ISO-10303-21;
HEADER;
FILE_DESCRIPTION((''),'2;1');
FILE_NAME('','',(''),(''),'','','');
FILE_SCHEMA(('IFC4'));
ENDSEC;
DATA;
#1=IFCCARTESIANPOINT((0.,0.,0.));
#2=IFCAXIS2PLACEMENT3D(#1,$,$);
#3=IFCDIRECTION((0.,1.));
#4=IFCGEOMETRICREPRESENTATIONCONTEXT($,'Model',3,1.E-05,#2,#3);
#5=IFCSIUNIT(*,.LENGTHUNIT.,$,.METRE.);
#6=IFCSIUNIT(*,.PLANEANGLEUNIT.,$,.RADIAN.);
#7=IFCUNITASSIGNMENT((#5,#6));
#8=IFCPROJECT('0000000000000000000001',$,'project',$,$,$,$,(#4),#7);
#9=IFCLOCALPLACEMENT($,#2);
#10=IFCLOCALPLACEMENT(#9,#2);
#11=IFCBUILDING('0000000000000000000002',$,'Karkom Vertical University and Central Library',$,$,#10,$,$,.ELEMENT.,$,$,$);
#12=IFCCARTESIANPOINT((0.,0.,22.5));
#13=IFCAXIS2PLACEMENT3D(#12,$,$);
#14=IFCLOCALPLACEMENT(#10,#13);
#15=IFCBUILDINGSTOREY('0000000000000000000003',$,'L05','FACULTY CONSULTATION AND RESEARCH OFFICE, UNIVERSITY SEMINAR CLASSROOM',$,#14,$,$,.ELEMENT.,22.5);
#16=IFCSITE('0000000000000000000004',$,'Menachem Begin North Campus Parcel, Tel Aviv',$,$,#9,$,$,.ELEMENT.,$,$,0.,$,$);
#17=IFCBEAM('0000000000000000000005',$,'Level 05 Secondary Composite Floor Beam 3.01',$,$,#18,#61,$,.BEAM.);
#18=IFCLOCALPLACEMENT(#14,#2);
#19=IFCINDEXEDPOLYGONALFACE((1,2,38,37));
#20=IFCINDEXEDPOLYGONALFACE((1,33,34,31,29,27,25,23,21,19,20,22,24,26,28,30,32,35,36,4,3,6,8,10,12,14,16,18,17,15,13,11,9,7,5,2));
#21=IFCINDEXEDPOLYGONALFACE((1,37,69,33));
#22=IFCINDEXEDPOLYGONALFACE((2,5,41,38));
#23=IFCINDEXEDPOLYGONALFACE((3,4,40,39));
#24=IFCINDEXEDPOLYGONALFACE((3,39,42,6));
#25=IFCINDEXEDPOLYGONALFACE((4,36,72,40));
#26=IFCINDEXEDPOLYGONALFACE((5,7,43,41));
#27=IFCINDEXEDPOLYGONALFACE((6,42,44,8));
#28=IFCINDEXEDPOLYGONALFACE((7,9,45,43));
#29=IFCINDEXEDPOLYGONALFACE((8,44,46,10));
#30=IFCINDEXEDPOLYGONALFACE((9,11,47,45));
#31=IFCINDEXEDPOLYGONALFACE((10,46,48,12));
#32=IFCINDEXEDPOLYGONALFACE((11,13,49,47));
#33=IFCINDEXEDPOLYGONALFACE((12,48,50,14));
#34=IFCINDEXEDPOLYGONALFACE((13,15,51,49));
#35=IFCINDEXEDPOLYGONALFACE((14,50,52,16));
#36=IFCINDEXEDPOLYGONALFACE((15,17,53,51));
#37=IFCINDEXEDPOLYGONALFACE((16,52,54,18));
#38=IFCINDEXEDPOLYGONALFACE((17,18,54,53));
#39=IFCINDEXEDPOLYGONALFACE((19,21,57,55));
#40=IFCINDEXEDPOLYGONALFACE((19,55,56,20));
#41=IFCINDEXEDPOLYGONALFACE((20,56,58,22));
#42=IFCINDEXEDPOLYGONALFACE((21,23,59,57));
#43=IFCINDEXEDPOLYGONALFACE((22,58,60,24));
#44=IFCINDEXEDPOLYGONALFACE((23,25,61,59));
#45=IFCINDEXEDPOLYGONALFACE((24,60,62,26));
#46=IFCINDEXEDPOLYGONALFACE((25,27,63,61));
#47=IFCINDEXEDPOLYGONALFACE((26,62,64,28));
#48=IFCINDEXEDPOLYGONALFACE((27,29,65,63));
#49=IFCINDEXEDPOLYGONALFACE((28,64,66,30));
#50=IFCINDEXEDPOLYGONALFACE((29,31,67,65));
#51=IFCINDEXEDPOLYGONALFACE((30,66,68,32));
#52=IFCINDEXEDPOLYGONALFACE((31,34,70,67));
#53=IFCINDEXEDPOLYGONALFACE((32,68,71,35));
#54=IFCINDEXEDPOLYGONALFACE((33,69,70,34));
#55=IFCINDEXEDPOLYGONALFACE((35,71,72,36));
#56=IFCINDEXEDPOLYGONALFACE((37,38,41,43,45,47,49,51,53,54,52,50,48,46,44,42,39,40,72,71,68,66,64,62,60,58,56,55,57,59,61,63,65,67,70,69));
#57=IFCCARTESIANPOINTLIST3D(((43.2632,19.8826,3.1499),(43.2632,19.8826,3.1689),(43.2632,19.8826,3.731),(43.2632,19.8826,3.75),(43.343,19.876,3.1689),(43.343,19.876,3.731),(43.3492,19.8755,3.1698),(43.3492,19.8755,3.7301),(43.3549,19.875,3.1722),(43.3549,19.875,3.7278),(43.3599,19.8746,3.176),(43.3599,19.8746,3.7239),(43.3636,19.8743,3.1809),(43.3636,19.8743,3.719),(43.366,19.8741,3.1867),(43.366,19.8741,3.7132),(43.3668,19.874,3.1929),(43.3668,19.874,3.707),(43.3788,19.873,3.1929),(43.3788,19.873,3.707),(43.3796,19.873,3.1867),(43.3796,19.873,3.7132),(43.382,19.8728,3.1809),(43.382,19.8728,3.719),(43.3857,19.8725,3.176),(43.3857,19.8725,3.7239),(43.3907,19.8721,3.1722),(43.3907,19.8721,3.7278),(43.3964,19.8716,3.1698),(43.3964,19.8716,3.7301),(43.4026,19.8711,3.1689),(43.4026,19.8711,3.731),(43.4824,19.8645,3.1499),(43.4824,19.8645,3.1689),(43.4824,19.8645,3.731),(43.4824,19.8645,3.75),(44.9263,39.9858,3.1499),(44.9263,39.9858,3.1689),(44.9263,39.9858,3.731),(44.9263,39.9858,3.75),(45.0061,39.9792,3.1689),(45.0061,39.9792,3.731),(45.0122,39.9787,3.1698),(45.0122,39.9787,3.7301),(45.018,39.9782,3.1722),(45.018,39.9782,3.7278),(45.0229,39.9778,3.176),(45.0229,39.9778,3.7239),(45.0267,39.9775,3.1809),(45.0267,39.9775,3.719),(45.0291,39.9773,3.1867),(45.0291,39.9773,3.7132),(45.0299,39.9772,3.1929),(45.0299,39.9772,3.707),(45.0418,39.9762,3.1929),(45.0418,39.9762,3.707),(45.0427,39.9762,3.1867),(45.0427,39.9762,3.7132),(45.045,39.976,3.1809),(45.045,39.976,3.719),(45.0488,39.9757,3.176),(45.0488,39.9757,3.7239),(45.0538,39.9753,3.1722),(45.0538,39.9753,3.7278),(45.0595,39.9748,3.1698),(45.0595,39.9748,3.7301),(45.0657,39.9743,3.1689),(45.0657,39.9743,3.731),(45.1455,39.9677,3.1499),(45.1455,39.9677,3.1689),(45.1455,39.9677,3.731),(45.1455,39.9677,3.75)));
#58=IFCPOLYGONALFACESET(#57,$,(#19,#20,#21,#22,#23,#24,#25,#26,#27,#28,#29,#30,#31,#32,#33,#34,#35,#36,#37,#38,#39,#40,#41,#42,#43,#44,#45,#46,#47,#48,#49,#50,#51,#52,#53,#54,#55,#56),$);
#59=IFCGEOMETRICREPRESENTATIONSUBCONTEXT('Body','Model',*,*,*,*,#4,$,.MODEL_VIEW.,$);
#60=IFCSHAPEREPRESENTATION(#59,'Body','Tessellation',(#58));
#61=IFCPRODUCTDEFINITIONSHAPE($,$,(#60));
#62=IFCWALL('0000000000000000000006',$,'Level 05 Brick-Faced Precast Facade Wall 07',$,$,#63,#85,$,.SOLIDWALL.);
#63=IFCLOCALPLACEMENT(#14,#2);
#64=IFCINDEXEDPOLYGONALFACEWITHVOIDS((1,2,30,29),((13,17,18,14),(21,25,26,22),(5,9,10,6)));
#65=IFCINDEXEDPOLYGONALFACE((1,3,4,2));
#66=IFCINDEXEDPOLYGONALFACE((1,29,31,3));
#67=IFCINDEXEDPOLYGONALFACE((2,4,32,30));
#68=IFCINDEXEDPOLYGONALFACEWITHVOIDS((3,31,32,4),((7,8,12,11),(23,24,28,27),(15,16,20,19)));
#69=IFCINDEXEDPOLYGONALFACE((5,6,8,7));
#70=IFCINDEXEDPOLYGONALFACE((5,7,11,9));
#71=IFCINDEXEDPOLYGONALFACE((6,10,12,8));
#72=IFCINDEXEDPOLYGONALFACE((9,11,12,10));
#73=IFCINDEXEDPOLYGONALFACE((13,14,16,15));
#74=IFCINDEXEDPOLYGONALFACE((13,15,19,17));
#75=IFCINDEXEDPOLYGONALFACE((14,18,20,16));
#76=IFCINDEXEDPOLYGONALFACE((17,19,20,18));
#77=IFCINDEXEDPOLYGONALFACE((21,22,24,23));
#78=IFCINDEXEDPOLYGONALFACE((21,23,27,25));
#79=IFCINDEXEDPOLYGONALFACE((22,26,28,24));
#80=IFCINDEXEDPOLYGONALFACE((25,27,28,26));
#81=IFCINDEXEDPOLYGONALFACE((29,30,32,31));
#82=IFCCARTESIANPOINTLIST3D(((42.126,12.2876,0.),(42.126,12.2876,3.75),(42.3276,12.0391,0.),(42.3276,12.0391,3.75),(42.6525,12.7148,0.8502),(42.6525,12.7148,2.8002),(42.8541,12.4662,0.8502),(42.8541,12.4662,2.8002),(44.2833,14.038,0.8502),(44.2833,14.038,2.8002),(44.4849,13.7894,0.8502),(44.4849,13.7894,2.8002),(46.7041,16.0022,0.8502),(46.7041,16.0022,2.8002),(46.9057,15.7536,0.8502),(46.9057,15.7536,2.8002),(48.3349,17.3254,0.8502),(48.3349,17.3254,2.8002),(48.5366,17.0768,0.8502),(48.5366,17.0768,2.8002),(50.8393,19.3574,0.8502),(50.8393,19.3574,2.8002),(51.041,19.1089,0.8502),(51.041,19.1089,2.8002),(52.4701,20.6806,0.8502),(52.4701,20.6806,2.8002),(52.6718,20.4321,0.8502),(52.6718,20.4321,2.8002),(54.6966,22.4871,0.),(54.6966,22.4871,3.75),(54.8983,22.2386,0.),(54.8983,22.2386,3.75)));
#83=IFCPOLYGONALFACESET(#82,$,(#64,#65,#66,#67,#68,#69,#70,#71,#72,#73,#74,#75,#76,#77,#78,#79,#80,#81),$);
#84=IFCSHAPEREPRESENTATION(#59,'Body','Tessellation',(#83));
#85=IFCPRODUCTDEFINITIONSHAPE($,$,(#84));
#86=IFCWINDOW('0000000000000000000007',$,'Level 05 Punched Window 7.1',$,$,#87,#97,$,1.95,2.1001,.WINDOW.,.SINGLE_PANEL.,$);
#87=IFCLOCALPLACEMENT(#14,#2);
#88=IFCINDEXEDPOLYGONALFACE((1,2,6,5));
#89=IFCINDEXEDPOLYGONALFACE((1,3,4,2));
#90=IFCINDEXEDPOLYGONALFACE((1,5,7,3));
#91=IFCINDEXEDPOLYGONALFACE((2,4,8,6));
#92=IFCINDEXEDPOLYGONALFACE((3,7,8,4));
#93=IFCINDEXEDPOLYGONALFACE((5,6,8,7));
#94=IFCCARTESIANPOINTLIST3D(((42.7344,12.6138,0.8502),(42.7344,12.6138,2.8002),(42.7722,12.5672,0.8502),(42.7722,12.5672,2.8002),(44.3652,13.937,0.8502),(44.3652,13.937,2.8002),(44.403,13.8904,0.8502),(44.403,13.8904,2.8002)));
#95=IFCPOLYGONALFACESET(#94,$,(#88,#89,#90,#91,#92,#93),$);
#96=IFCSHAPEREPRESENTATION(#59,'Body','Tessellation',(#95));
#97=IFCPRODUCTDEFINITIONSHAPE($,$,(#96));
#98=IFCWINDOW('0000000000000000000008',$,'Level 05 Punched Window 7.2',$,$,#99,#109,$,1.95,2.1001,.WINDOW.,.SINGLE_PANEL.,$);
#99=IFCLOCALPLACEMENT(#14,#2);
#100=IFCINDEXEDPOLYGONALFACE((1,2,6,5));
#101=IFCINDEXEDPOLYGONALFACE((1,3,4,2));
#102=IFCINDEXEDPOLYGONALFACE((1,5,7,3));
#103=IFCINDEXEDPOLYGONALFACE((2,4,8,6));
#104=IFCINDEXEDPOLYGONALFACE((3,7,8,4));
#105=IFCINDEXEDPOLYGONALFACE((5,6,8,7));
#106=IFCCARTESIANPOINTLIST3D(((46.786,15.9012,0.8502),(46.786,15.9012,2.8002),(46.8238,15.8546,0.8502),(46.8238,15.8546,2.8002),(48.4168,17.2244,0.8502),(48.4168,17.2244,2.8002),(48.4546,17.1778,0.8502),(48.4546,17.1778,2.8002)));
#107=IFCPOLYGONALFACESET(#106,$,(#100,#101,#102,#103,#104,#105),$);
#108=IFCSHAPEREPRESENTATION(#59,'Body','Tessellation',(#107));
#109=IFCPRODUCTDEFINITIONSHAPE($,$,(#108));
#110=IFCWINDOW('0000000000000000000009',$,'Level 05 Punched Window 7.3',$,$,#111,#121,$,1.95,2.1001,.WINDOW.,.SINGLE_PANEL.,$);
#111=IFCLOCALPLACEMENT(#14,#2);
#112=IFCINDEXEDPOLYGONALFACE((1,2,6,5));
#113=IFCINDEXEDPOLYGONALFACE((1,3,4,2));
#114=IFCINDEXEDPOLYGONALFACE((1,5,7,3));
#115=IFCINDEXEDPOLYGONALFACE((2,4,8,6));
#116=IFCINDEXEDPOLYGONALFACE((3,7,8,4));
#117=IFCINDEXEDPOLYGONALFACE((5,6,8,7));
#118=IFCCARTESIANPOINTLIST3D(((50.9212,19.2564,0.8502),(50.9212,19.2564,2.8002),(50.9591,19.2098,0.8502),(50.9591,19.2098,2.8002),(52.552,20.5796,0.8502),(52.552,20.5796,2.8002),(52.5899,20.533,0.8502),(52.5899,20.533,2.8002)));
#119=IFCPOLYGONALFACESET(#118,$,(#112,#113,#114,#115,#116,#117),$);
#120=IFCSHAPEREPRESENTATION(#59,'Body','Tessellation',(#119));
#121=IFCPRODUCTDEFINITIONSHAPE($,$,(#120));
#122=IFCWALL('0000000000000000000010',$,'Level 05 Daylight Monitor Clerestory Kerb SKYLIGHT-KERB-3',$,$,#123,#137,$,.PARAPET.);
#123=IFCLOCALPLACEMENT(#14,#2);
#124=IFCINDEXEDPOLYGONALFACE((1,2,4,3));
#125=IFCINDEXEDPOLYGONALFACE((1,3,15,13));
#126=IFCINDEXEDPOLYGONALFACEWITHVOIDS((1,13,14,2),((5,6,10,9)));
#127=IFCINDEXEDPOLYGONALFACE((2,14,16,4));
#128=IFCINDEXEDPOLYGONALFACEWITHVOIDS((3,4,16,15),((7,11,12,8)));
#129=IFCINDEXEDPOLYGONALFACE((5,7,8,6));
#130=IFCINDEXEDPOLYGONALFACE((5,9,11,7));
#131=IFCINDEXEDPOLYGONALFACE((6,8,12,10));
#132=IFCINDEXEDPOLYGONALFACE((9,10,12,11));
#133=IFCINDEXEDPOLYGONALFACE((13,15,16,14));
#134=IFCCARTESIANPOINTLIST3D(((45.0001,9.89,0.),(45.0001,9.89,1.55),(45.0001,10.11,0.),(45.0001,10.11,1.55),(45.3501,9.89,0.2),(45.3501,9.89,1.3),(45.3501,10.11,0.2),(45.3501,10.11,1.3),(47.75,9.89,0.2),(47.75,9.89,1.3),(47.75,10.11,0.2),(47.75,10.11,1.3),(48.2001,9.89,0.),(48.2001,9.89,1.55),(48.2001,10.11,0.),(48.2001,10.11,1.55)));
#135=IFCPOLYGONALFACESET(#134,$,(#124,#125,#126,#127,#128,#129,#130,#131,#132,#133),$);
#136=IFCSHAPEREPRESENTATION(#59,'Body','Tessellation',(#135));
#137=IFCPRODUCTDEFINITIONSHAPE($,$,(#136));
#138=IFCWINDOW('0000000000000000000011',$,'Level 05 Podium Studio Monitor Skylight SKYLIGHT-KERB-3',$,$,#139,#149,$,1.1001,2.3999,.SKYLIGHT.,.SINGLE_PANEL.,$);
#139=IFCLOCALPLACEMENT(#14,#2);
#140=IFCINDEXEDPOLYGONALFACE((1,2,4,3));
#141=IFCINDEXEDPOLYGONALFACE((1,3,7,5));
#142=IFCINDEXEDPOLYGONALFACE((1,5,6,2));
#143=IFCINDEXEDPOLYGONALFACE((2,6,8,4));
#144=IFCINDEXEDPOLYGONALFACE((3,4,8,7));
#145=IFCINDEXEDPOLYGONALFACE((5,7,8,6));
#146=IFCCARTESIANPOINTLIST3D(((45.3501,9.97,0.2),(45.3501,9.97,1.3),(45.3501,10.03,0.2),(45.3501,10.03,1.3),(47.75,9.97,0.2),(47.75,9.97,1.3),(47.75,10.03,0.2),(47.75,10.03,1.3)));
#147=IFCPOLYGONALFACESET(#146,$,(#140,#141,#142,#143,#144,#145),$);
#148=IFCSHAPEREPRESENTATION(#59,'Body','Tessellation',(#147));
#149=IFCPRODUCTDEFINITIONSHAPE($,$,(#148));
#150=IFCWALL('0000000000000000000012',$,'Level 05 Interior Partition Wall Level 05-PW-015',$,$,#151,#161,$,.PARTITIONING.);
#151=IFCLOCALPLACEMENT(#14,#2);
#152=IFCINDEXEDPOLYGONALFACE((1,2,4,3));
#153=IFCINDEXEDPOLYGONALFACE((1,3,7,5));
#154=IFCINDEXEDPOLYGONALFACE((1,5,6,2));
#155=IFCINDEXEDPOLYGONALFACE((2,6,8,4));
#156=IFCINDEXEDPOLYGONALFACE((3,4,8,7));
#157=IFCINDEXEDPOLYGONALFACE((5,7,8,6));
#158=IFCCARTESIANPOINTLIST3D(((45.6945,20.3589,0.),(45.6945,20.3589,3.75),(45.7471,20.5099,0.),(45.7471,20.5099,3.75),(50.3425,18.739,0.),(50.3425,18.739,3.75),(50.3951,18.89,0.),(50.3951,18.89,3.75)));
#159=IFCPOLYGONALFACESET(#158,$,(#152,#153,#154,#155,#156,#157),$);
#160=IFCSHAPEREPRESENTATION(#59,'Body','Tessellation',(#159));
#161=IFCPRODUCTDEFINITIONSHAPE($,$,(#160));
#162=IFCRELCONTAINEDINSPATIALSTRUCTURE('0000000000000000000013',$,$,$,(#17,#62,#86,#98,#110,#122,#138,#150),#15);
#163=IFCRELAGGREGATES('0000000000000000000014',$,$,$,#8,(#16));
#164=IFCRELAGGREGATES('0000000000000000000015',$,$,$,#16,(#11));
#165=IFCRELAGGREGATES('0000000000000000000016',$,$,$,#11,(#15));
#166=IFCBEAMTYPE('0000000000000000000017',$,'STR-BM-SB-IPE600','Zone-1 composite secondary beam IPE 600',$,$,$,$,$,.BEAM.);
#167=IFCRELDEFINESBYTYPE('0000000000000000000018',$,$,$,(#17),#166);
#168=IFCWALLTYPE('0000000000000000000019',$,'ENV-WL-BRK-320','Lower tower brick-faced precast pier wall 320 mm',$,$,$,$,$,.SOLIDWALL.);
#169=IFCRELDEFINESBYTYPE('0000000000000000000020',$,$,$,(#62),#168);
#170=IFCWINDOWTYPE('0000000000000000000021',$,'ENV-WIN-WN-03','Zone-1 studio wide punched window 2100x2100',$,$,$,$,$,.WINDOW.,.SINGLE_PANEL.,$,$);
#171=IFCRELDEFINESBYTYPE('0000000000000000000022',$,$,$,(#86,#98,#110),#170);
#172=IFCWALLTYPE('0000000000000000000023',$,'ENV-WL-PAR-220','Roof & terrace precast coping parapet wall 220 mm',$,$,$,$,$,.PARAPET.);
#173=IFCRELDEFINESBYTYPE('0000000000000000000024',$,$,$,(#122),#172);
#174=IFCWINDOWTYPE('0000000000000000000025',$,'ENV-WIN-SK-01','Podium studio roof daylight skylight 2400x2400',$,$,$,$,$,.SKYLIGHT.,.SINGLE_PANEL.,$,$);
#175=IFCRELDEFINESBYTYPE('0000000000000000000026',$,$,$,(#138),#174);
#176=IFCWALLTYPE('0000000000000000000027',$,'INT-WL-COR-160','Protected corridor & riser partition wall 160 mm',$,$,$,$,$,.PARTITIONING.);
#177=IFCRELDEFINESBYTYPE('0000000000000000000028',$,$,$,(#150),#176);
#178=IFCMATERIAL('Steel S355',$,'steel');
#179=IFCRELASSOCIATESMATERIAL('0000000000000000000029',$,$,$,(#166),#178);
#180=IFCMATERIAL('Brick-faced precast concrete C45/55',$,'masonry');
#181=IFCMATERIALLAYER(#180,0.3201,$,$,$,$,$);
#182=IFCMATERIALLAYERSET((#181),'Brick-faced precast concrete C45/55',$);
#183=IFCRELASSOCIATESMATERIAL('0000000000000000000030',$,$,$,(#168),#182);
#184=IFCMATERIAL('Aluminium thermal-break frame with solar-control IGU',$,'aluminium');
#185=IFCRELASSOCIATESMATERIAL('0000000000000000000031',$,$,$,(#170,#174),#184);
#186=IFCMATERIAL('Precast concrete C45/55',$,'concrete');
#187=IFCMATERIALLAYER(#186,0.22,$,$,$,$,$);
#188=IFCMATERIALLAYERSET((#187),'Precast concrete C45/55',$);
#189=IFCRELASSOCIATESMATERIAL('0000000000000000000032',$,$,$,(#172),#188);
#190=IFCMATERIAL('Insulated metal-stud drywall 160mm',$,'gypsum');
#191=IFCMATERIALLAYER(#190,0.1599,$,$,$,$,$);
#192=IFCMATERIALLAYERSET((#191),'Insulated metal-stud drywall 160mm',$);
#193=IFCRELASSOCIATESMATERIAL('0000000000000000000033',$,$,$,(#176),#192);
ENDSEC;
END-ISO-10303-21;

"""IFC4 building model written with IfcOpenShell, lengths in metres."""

from ifc_helpers import new_model, si_unit, direction, frame, frame_2d, origin, origin_with_axes, origin_2d, place, context, subcontext, project, spatial, rectangle, i_section, extrude, source, transform, mapped, material, layer, layer_set, material_profile, profile_set, type_object, element, fill, save


model = new_model("IFC4")

# Units and contexts
model_context = context("Model", 3, precision=1e-05, world=origin(), true_north=direction((0.0, 1.0)))
body_context = subcontext(model_context, "Body", "Model", "MODEL_VIEW")
ifc_project = project(units=[si_unit("LENGTHUNIT", "METRE"), si_unit("PLANEANGLEUNIT", "RADIAN")], contexts=[model_context])

# Site, building, storey
site_placement = place(None, origin())
site = spatial("IfcSite", under=ifc_project, at=site_placement, Name="Menachem Begin North Campus Parcel, Tel Aviv", CompositionType="ELEMENT", RefElevation=0.0)
building_placement = place(site_placement, origin())
building = spatial("IfcBuilding", under=site, at=building_placement, Name="Karkom Vertical University and Central Library", CompositionType="ELEMENT")
storey_placement = place(building_placement, frame((0.0, 0.0, 22.5)))
storey = spatial("IfcBuildingStorey", under=building, at=storey_placement, Name="L05", Description="FACULTY CONSULTATION AND RESEARCH OFFICE, UNIVERSITY SEMINAR CLASSROOM", CompositionType="ELEMENT", Elevation=22.5)

# Beam
ifc_material_1 = material(Name="Precast concrete C45/55", Category="concrete")
ifc_material_2 = material(Name="Steel S355", Category="steel")
ifc_material_profile_1 = material_profile(ifc_material_2, i_section(OverallWidth=0.22, OverallDepth=0.6001, WebThickness=0.012, FlangeThickness=0.019, FilletRadius=0.0239, at=origin_2d()), Name="IPE 600")
ifc_profile_set_1 = profile_set([ifc_material_profile_1], Name="Steel S355")
beam_type_1 = type_object("IfcBeamType", Name="STR-BM-SB-IPE600", Description="Zone-1 composite secondary beam IPE 600", PredefinedType="BEAM", material=ifc_profile_set_1)
shared_shape_1 = source(origin_with_axes(), body_context, "Body", "SweptSolid", [
    extrude(i_section(OverallWidth=0.22, OverallDepth=0.6001, WebThickness=0.012, FlangeThickness=0.019, FilletRadius=0.0239, at=origin_2d()), origin(), (0.0, 0.0, 1.0), 20.1719),
])
beam_1_placement = place(storey_placement, frame((43.3728, 19.8735, 3.45), z_axis=(0.082445, 0.996596, 0.0), x_axis=(-0.996596, 0.082445, 0.0)))
element("IfcBeam", 1, at=beam_1_placement, inside=storey, type_object=beam_type_1, Name="Level 05 Secondary Composite Floor Beam 3.01", PredefinedType="BEAM", context=body_context, shape_type="MappedRepresentation", body=[
    mapped(shared_shape_1, transform((0.0, 0.0, 0.0), scale=1.0)),
])

# Wall, openings, windows
ifc_material_3 = material(Name="Brick-faced precast concrete C45/55", Category="masonry")
ifc_layer_1 = layer(ifc_material_3, 0.3201)
ifc_layer_set_1 = layer_set([ifc_layer_1], Name="Brick-faced precast concrete C45/55")
wall_type_1 = type_object("IfcWallType", Name="ENV-WL-BRK-320", Description="Lower tower brick-faced precast pier wall 320 mm", PredefinedType="SOLIDWALL", material=ifc_layer_set_1)
wall_1_placement = place(storey_placement, frame((42.2268, 12.1633, 0.0), z_axis=(0.0, 0.0, 1.0), x_axis=(0.776541, 0.630067, 0.0)))
wall_1 = element("IfcWall", 2, at=wall_1_placement, inside=storey, type_object=wall_type_1, Name="Level 05 Brick-Faced Precast Facade Wall 07", PredefinedType="SOLIDWALL", context=body_context, shape_type="SweptSolid", body=[
    extrude(rectangle(XDim=16.188, YDim=0.3201, at=frame_2d((8.094, 0.0))), origin(), (0.0, 0.0, 1.0), 3.75),
])
opening_1_placement = place(wall_1_placement, frame((0.678, 0.0, 0.8501)))
opening_1 = element("IfcOpeningElement", 3, at=opening_1_placement, cuts=wall_1, PredefinedType="OPENING", context=body_context, shape_type="SweptSolid", body=[
    extrude(rectangle(XDim=2.1001, YDim=1.95, at=frame_2d((1.05, 0.9751))), frame((0.0, 0.1699, 0.0), z_axis=(0.0, -1.0, 0.0), x_axis=(1.0, 0.0, 0.0)), (0.0, 0.0, 1.0), 0.3401),
])
opening_2_placement = place(wall_1_placement, frame((5.8955, 0.0, 0.8501)))
opening_2 = element("IfcOpeningElement", 4, at=opening_2_placement, cuts=wall_1, PredefinedType="OPENING", context=body_context, shape_type="SweptSolid", body=[
    extrude(rectangle(XDim=2.1001, YDim=1.95, at=frame_2d((1.05, 0.9751))), frame((0.0, 0.1699, 0.0), z_axis=(0.0, -1.0, 0.0), x_axis=(1.0, 0.0, 0.0)), (0.0, 0.0, 1.0), 0.3401),
])
opening_3_placement = place(wall_1_placement, frame((11.2207, 0.0, 0.8501)))
opening_3 = element("IfcOpeningElement", 5, at=opening_3_placement, cuts=wall_1, PredefinedType="OPENING", context=body_context, shape_type="SweptSolid", body=[
    extrude(rectangle(XDim=2.1001, YDim=1.95, at=frame_2d((1.05, 0.9751))), frame((0.0, 0.1699, 0.0), z_axis=(0.0, -1.0, 0.0), x_axis=(1.0, 0.0, 0.0)), (0.0, 0.0, 1.0), 0.3401),
])
ifc_material_4 = material(Name="Aluminium thermal-break frame with solar-control IGU", Category="aluminium")
window_type_1 = type_object("IfcWindowType", Name="ENV-WIN-WN-03", Description="Zone-1 studio wide punched window 2100x2100", PartitioningType="SINGLE_PANEL", PredefinedType="WINDOW", material=ifc_material_4)
shared_shape_2 = source(origin_with_axes(), body_context, "Body", "SweptSolid", [
    extrude(rectangle(XDim=2.1001, YDim=1.95, at=frame_2d((1.05, 0.9751))), frame((0.0, 0.03, 0.0), z_axis=(0.0, -1.0, 0.0), x_axis=(1.0, 0.0, 0.0)), (0.0, 0.0, 1.0), 0.0601),
])
window_1_placement = place(opening_1_placement, origin())
window_1 = element("IfcWindow", 6, at=window_1_placement, inside=storey, type_object=window_type_1, Name="Level 05 Punched Window 7.1", OverallHeight=1.95, OverallWidth=2.1001, PartitioningType="SINGLE_PANEL", PredefinedType="WINDOW", context=body_context, shape_type="MappedRepresentation", body=[
    mapped(shared_shape_2, transform((0.0, 0.0, 0.0), scale=1.0)),
])
fill(opening_1, window_1)
window_2_placement = place(opening_2_placement, origin())
window_2 = element("IfcWindow", 7, at=window_2_placement, inside=storey, type_object=window_type_1, Name="Level 05 Punched Window 7.2", OverallHeight=1.95, OverallWidth=2.1001, PartitioningType="SINGLE_PANEL", PredefinedType="WINDOW", context=body_context, shape_type="MappedRepresentation", body=[
    mapped(shared_shape_2, transform((0.0, 0.0, 0.0), scale=1.0)),
])
fill(opening_2, window_2)
window_3_placement = place(opening_3_placement, origin())
window_3 = element("IfcWindow", 8, at=window_3_placement, inside=storey, type_object=window_type_1, Name="Level 05 Punched Window 7.3", OverallHeight=1.95, OverallWidth=2.1001, PartitioningType="SINGLE_PANEL", PredefinedType="WINDOW", context=body_context, shape_type="MappedRepresentation", body=[
    mapped(shared_shape_2, transform((0.0, 0.0, 0.0), scale=1.0)),
])
fill(opening_3, window_3)

# Wall, opening, window
ifc_layer_2 = layer(ifc_material_1, 0.22)
ifc_layer_set_2 = layer_set([ifc_layer_2], Name="Precast concrete C45/55")
wall_type_2 = type_object("IfcWallType", Name="ENV-WL-PAR-220", Description="Roof & terrace precast coping parapet wall 220 mm", PredefinedType="PARAPET", material=ifc_layer_set_2)
wall_2_placement = place(storey_placement, frame((45.0, 10.0, 0.0), z_axis=(0.0, 0.0, 1.0), x_axis=(1.0, 0.0, 0.0)))
wall_2 = element("IfcWall", 9, at=wall_2_placement, inside=storey, type_object=wall_type_2, Name="Level 05 Daylight Monitor Clerestory Kerb SKYLIGHT-KERB-3", PredefinedType="PARAPET", context=body_context, shape_type="SweptSolid", body=[
    extrude(rectangle(XDim=3.2, YDim=0.22, at=frame_2d((1.6001, 0.0))), origin(), (0.0, 0.0, 1.0), 1.55),
])
opening_4_placement = place(wall_2_placement, frame((0.3501, 0.0, 0.2)))
opening_4 = element("IfcOpeningElement", 10, at=opening_4_placement, cuts=wall_2, PredefinedType="OPENING", context=body_context, shape_type="SweptSolid", body=[
    extrude(rectangle(XDim=2.3999, YDim=1.1001, at=frame_2d((1.2, 0.55))), frame((0.0, 0.1201, 0.0), z_axis=(0.0, -1.0, 0.0), x_axis=(1.0, 0.0, 0.0)), (0.0, 0.0, 1.0), 0.24),
])
window_type_2 = type_object("IfcWindowType", Name="ENV-WIN-SK-01", Description="Podium studio roof daylight skylight 2400x2400", PartitioningType="SINGLE_PANEL", PredefinedType="SKYLIGHT", material=ifc_material_4)
shared_shape_3 = source(origin_with_axes(), body_context, "Body", "SweptSolid", [
    extrude(rectangle(XDim=2.3999, YDim=1.1001, at=frame_2d((1.2, 0.55))), frame((0.0, 0.03, 0.0), z_axis=(0.0, -1.0, 0.0), x_axis=(1.0, 0.0, 0.0)), (0.0, 0.0, 1.0), 0.0601),
])
window_4_placement = place(opening_4_placement, origin())
window_4 = element("IfcWindow", 11, at=window_4_placement, inside=storey, type_object=window_type_2, Name="Level 05 Podium Studio Monitor Skylight SKYLIGHT-KERB-3", OverallHeight=1.1001, OverallWidth=2.3999, PartitioningType="SINGLE_PANEL", PredefinedType="SKYLIGHT", context=body_context, shape_type="MappedRepresentation", body=[
    mapped(shared_shape_3, transform((0.0, 0.0, 0.0), scale=1.0)),
])
fill(opening_4, window_4)

# Wall
ifc_material_5 = material(Name="Insulated metal-stud drywall 160mm", Category="gypsum")
ifc_layer_3 = layer(ifc_material_5, 0.1599)
ifc_layer_set_3 = layer_set([ifc_layer_3], Name="Insulated metal-stud drywall 160mm")
wall_type_3 = type_object("IfcWallType", Name="INT-WL-COR-160", Description="Protected corridor & riser partition wall 160 mm", PredefinedType="PARTITIONING", material=ifc_layer_set_3)
wall_3_placement = place(storey_placement, frame((45.7209, 20.4343, 0.0), z_axis=(0.0, 0.0, 1.0), x_axis=(0.944295, -0.3291, 0.0)))
element("IfcWall", 12, at=wall_3_placement, inside=storey, type_object=wall_type_3, Name="Level 05 Interior Partition Wall Level 05-PW-015", PredefinedType="PARTITIONING", context=body_context, shape_type="SweptSolid", body=[
    extrude(rectangle(XDim=4.9221, YDim=0.1599, at=frame_2d((2.4609, 0.0))), origin(), (0.0, 0.0, 1.0), 3.75),
])

save(model, "model.ifc")
